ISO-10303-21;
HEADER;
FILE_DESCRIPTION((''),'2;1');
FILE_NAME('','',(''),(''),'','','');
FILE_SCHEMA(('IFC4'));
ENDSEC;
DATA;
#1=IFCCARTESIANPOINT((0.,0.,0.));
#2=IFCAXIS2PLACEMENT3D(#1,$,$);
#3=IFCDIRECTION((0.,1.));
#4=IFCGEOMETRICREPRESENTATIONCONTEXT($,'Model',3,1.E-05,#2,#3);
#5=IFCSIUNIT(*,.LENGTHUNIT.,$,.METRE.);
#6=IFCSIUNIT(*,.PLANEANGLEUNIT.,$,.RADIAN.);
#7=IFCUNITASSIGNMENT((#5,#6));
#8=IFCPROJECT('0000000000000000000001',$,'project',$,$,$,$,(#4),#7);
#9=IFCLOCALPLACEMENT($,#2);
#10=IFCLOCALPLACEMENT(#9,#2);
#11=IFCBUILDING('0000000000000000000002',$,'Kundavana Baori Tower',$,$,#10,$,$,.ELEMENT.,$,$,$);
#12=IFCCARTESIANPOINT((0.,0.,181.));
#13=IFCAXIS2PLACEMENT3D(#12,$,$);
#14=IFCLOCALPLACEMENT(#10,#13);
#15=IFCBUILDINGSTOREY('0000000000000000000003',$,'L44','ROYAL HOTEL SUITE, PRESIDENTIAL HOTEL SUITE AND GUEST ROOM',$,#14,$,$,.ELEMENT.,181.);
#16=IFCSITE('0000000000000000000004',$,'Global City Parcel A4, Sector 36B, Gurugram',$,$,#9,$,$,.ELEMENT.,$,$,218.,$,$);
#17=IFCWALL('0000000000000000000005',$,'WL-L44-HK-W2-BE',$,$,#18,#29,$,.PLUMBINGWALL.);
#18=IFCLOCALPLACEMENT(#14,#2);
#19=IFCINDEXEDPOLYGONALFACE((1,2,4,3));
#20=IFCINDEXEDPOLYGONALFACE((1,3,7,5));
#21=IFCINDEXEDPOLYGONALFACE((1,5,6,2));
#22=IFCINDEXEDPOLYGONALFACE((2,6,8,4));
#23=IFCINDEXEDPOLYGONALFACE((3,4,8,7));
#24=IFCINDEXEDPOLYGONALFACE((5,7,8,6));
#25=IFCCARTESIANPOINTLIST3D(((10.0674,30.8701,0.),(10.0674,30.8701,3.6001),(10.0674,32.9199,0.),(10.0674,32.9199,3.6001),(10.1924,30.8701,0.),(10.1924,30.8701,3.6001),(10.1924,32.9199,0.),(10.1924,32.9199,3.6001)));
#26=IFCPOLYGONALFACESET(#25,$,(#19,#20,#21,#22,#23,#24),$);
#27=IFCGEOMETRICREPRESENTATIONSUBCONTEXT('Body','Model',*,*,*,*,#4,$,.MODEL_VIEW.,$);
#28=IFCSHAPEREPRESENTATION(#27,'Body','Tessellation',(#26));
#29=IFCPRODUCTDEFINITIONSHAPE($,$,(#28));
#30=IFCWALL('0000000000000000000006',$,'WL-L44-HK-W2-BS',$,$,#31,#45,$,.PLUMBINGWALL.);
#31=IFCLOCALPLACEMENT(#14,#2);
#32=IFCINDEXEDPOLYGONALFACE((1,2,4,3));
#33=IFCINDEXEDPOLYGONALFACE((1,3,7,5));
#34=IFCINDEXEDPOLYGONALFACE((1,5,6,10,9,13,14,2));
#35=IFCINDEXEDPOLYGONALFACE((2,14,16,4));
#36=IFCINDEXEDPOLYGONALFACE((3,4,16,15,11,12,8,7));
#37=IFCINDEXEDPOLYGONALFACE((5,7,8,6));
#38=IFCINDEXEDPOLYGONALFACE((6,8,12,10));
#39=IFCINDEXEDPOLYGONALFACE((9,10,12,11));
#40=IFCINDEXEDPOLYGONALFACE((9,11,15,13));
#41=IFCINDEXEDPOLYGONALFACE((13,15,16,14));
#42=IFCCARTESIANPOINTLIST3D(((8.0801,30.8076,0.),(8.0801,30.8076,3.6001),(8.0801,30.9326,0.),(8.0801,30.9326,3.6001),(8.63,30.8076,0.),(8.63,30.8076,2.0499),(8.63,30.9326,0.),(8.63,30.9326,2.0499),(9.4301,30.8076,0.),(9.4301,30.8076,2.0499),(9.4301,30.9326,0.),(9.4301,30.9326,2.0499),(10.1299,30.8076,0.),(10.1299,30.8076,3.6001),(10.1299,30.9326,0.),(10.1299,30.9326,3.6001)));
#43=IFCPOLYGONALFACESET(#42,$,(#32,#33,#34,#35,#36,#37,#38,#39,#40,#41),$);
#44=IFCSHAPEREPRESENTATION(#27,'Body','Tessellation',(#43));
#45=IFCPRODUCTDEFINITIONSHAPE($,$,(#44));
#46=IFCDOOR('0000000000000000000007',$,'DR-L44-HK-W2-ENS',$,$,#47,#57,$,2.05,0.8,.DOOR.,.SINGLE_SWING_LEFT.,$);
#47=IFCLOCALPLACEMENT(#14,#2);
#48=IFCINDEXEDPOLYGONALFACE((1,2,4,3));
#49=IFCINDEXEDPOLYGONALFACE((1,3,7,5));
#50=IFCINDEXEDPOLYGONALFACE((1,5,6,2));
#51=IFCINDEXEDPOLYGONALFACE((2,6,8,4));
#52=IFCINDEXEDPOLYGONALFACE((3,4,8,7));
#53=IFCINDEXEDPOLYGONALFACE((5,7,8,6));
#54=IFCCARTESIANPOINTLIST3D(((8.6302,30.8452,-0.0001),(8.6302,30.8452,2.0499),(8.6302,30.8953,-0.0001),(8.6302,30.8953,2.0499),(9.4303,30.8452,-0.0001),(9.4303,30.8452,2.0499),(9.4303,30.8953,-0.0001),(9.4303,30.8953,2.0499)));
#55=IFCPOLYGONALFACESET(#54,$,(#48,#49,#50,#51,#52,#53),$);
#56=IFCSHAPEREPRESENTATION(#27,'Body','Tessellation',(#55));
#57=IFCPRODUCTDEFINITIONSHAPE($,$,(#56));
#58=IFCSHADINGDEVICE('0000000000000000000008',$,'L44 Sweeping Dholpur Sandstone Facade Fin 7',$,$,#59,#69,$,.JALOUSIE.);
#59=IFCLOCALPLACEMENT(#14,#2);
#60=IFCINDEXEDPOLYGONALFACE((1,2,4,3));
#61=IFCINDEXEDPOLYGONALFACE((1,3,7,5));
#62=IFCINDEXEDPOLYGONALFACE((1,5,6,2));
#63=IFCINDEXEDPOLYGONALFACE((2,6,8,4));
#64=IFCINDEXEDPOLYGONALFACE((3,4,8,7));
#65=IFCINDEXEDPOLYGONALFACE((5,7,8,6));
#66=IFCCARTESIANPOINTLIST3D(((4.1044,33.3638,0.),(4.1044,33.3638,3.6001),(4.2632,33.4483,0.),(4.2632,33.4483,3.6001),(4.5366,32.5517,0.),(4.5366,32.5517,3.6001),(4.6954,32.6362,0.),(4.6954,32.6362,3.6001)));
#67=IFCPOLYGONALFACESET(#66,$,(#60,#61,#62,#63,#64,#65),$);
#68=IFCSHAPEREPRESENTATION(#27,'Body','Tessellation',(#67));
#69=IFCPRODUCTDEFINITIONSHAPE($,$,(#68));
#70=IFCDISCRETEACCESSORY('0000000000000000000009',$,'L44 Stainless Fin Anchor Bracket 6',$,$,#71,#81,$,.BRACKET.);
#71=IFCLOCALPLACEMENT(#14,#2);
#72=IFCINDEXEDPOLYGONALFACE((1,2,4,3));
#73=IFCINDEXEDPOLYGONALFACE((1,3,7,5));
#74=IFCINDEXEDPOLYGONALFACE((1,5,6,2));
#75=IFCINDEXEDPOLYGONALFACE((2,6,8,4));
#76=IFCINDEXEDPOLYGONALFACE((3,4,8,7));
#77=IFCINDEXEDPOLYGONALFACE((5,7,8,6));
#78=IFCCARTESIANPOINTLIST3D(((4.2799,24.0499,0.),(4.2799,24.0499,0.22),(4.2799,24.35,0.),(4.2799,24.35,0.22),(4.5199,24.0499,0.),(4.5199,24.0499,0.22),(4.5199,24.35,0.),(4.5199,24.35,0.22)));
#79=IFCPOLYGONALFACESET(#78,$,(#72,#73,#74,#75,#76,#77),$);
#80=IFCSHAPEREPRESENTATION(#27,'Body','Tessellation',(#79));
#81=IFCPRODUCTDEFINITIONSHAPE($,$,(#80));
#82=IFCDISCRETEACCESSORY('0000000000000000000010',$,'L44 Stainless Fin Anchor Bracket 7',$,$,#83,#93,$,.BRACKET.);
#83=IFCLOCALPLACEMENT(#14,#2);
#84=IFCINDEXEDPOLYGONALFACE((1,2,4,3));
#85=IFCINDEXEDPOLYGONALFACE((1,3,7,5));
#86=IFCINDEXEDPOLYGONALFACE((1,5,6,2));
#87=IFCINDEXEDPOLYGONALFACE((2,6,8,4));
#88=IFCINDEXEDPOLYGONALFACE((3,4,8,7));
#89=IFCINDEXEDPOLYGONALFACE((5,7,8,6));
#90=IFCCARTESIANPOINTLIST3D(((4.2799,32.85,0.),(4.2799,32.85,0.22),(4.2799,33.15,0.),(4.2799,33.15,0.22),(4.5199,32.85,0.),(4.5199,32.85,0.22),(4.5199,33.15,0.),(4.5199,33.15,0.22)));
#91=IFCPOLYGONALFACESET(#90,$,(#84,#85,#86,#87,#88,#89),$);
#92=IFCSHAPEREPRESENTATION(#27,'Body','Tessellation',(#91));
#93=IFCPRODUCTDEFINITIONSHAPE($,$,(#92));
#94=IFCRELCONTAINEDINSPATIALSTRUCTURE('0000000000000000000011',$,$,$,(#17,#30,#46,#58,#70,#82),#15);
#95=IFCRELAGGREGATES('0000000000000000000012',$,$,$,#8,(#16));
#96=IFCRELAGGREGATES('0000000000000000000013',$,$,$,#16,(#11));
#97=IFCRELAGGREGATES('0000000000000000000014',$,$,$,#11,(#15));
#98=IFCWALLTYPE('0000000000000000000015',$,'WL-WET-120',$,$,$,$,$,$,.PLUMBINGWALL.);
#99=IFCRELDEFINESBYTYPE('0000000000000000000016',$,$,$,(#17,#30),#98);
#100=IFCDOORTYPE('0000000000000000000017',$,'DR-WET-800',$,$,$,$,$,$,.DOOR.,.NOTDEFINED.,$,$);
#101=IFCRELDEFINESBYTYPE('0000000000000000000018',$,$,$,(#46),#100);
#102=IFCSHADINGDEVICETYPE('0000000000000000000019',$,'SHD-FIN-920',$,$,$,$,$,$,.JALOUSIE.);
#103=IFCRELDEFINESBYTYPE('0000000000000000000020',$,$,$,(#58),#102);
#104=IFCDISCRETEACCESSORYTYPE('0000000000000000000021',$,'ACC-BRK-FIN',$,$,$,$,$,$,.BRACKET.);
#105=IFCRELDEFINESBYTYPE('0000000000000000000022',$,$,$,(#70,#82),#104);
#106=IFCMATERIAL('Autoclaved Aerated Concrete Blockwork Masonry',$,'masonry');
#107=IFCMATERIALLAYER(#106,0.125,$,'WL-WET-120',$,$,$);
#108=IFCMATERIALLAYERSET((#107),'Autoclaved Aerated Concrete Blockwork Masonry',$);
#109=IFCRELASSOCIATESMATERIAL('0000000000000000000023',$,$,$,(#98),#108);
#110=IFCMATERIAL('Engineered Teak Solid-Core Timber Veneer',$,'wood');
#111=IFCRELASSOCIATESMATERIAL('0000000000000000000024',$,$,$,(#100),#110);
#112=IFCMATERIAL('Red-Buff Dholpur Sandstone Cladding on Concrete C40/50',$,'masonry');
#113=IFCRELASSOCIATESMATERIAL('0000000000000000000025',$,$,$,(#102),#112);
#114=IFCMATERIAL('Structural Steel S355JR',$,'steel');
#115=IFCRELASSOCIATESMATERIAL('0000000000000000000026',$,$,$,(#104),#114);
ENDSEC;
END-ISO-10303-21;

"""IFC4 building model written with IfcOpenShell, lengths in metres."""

from ifc_helpers import new_model, si_unit, direction, frame, frame_2d, origin, origin_2d, place, context, subcontext, project, spatial, rectangle, extrude, material, layer, layer_set, type_object, element, fill, save


model = new_model("IFC4")

# Units and contexts
model_context = context("Model", 3, precision=1e-05, world=origin(), true_north=direction((0.0, 1.0)))
body_context = subcontext(model_context, "Body", "Model", "MODEL_VIEW")
ifc_project = project(units=[si_unit("LENGTHUNIT", "METRE"), si_unit("PLANEANGLEUNIT", "RADIAN")], contexts=[model_context])

# Site, building, storey
site_placement = place(None, origin())
site = spatial("IfcSite", under=ifc_project, at=site_placement, Name="Global City Parcel A4, Sector 36B, Gurugram", CompositionType="ELEMENT", RefElevation=218.0)
building_placement = place(site_placement, origin())
building = spatial("IfcBuilding", under=site, at=building_placement, Name="Kundavana Baori Tower", CompositionType="ELEMENT")
storey_placement = place(building_placement, frame((0.0, 0.0, 181.0)))
storey = spatial("IfcBuildingStorey", under=building, at=storey_placement, Name="L44", Description="ROYAL HOTEL SUITE, PRESIDENTIAL HOTEL SUITE AND GUEST ROOM", CompositionType="ELEMENT", Elevation=181.0)

# Wall
ifc_material_1 = material(Name="Autoclaved Aerated Concrete Blockwork Masonry", Category="masonry")
ifc_layer_1 = layer(ifc_material_1, 0.125, Name="WL-WET-120")
ifc_layer_set_1 = layer_set([ifc_layer_1], Name="Autoclaved Aerated Concrete Blockwork Masonry")
wall_type_1 = type_object("IfcWallType", Name="WL-WET-120", PredefinedType="PLUMBINGWALL", material=ifc_layer_set_1)
wall_1_placement = place(storey_placement, frame((10.1299, 30.8701, 0.0), z_axis=(0.0, 0.0, 1.0), x_axis=(0.0, 1.0, 0.0)))
element("IfcWall", 1, at=wall_1_placement, inside=storey, type_object=wall_type_1, Name="WL-L44-HK-W2-BE", PredefinedType="PLUMBINGWALL", context=body_context, shape_type="SweptSolid", body=[
    extrude(rectangle(XDim=2.0498, YDim=0.125, at=frame_2d((1.0249, 0.0))), origin(), (0.0, 0.0, 1.0), 3.6001),
])

# Wall, opening, door
wall_2_placement = place(storey_placement, frame((8.0801, 30.8701, 0.0), z_axis=(0.0, 0.0, 1.0), x_axis=(1.0, 0.0, 0.0)))
wall_2 = element("IfcWall", 2, at=wall_2_placement, inside=storey, type_object=wall_type_1, Name="WL-L44-HK-W2-BS", PredefinedType="PLUMBINGWALL", context=body_context, shape_type="SweptSolid", body=[
    extrude(rectangle(XDim=2.0498, YDim=0.125, at=frame_2d((1.0249, 0.0))), origin(), (0.0, 0.0, 1.0), 3.6001),
])
opening_1_placement = place(wall_2_placement, frame((0.55, 0.0, 0.0)))
opening_1 = element("IfcOpeningElement", 3, at=opening_1_placement, cuts=wall_2, PredefinedType="OPENING", context=body_context, shape_type="SweptSolid", body=[
    extrude(rectangle(XDim=0.8, YDim=2.05, at=frame_2d((0.3999, 1.0249))), frame((0.0, 0.0725, 0.0), z_axis=(0.0, -1.0, 0.0), x_axis=(1.0, 0.0, 0.0)), (0.0, 0.0, 1.0), 0.145),
])
ifc_material_2 = material(Name="Engineered Teak Solid-Core Timber Veneer", Category="wood")
door_type_1 = type_object("IfcDoorType", Name="DR-WET-800", OperationType="NOTDEFINED", PredefinedType="DOOR", material=ifc_material_2)
door_1_placement = place(opening_1_placement, frame((0.8, 0.0, 0.0), z_axis=(0.0, 0.0, 1.0), x_axis=(-1.0, 0.0, 0.0)))
door_1 = element("IfcDoor", 4, at=door_1_placement, inside=storey, type_object=door_type_1, Name="DR-L44-HK-W2-ENS", OperationType="SINGLE_SWING_LEFT", OverallHeight=2.05, OverallWidth=0.8, PredefinedType="DOOR", context=body_context, shape_type="SweptSolid", body=[
    extrude(rectangle(XDim=0.8, YDim=2.05, at=frame_2d((0.3999, 1.0249))), frame((0.0, 0.0249, 0.0), z_axis=(0.0, -1.0, 0.0), x_axis=(1.0, 0.0, 0.0)), (0.0, 0.0, 1.0), 0.05),
])
fill(opening_1, door_1)

# Shading device
ifc_material_3 = material(Name="Red-Buff Dholpur Sandstone Cladding on Concrete C40/50", Category="masonry")
shading_device_type = type_object("IfcShadingDeviceType", Name="SHD-FIN-920", PredefinedType="JALOUSIE", material=ifc_material_3)
shading_device_placement = place(storey_placement, frame((4.3999, 33.0, 0.0), z_axis=(0.0, 0.0, 1.0), x_axis=(0.882784, 0.46978, 0.0)))
element("IfcShadingDevice", 5, at=shading_device_placement, inside=storey, type_object=shading_device_type, Name="L44 Sweeping Dholpur Sandstone Facade Fin 7", PredefinedType="JALOUSIE", context=body_context, shape_type="SweptSolid", body=[
    extrude(rectangle(XDim=0.1799, YDim=0.9199, at=origin_2d()), origin(), (0.0, 0.0, 1.0), 3.6001),
])

# Discrete accessories
ifc_material_4 = material(Name="Structural Steel S355JR", Category="steel")
discrete_accessory_type = type_object("IfcDiscreteAccessoryType", Name="ACC-BRK-FIN", PredefinedType="BRACKET", material=ifc_material_4)
for number, where, z_axis, x_axis, name in (
    (6, (4.3999, 24.2, 0.0), (0.0, 0.0, 1.0), (1.0, 0.0, 0.0), "L44 Stainless Fin Anchor Bracket 6"),
    (7, (4.3999, 33.0, 0.0), (0.0, 0.0, 1.0), (1.0, 0.0, 0.0), "L44 Stainless Fin Anchor Bracket 7"),
):
    element("IfcDiscreteAccessory", number, at=place(storey_placement, frame(where, z_axis=z_axis, x_axis=x_axis)), inside=storey, type_object=discrete_accessory_type, Name=name, PredefinedType="BRACKET", context=body_context, shape_type="SweptSolid", body=[
        extrude(rectangle(XDim=0.24, YDim=0.3, at=origin_2d()), origin(), (0.0, 0.0, 1.0), 0.22),
    ])

save(model, "model.ifc")
